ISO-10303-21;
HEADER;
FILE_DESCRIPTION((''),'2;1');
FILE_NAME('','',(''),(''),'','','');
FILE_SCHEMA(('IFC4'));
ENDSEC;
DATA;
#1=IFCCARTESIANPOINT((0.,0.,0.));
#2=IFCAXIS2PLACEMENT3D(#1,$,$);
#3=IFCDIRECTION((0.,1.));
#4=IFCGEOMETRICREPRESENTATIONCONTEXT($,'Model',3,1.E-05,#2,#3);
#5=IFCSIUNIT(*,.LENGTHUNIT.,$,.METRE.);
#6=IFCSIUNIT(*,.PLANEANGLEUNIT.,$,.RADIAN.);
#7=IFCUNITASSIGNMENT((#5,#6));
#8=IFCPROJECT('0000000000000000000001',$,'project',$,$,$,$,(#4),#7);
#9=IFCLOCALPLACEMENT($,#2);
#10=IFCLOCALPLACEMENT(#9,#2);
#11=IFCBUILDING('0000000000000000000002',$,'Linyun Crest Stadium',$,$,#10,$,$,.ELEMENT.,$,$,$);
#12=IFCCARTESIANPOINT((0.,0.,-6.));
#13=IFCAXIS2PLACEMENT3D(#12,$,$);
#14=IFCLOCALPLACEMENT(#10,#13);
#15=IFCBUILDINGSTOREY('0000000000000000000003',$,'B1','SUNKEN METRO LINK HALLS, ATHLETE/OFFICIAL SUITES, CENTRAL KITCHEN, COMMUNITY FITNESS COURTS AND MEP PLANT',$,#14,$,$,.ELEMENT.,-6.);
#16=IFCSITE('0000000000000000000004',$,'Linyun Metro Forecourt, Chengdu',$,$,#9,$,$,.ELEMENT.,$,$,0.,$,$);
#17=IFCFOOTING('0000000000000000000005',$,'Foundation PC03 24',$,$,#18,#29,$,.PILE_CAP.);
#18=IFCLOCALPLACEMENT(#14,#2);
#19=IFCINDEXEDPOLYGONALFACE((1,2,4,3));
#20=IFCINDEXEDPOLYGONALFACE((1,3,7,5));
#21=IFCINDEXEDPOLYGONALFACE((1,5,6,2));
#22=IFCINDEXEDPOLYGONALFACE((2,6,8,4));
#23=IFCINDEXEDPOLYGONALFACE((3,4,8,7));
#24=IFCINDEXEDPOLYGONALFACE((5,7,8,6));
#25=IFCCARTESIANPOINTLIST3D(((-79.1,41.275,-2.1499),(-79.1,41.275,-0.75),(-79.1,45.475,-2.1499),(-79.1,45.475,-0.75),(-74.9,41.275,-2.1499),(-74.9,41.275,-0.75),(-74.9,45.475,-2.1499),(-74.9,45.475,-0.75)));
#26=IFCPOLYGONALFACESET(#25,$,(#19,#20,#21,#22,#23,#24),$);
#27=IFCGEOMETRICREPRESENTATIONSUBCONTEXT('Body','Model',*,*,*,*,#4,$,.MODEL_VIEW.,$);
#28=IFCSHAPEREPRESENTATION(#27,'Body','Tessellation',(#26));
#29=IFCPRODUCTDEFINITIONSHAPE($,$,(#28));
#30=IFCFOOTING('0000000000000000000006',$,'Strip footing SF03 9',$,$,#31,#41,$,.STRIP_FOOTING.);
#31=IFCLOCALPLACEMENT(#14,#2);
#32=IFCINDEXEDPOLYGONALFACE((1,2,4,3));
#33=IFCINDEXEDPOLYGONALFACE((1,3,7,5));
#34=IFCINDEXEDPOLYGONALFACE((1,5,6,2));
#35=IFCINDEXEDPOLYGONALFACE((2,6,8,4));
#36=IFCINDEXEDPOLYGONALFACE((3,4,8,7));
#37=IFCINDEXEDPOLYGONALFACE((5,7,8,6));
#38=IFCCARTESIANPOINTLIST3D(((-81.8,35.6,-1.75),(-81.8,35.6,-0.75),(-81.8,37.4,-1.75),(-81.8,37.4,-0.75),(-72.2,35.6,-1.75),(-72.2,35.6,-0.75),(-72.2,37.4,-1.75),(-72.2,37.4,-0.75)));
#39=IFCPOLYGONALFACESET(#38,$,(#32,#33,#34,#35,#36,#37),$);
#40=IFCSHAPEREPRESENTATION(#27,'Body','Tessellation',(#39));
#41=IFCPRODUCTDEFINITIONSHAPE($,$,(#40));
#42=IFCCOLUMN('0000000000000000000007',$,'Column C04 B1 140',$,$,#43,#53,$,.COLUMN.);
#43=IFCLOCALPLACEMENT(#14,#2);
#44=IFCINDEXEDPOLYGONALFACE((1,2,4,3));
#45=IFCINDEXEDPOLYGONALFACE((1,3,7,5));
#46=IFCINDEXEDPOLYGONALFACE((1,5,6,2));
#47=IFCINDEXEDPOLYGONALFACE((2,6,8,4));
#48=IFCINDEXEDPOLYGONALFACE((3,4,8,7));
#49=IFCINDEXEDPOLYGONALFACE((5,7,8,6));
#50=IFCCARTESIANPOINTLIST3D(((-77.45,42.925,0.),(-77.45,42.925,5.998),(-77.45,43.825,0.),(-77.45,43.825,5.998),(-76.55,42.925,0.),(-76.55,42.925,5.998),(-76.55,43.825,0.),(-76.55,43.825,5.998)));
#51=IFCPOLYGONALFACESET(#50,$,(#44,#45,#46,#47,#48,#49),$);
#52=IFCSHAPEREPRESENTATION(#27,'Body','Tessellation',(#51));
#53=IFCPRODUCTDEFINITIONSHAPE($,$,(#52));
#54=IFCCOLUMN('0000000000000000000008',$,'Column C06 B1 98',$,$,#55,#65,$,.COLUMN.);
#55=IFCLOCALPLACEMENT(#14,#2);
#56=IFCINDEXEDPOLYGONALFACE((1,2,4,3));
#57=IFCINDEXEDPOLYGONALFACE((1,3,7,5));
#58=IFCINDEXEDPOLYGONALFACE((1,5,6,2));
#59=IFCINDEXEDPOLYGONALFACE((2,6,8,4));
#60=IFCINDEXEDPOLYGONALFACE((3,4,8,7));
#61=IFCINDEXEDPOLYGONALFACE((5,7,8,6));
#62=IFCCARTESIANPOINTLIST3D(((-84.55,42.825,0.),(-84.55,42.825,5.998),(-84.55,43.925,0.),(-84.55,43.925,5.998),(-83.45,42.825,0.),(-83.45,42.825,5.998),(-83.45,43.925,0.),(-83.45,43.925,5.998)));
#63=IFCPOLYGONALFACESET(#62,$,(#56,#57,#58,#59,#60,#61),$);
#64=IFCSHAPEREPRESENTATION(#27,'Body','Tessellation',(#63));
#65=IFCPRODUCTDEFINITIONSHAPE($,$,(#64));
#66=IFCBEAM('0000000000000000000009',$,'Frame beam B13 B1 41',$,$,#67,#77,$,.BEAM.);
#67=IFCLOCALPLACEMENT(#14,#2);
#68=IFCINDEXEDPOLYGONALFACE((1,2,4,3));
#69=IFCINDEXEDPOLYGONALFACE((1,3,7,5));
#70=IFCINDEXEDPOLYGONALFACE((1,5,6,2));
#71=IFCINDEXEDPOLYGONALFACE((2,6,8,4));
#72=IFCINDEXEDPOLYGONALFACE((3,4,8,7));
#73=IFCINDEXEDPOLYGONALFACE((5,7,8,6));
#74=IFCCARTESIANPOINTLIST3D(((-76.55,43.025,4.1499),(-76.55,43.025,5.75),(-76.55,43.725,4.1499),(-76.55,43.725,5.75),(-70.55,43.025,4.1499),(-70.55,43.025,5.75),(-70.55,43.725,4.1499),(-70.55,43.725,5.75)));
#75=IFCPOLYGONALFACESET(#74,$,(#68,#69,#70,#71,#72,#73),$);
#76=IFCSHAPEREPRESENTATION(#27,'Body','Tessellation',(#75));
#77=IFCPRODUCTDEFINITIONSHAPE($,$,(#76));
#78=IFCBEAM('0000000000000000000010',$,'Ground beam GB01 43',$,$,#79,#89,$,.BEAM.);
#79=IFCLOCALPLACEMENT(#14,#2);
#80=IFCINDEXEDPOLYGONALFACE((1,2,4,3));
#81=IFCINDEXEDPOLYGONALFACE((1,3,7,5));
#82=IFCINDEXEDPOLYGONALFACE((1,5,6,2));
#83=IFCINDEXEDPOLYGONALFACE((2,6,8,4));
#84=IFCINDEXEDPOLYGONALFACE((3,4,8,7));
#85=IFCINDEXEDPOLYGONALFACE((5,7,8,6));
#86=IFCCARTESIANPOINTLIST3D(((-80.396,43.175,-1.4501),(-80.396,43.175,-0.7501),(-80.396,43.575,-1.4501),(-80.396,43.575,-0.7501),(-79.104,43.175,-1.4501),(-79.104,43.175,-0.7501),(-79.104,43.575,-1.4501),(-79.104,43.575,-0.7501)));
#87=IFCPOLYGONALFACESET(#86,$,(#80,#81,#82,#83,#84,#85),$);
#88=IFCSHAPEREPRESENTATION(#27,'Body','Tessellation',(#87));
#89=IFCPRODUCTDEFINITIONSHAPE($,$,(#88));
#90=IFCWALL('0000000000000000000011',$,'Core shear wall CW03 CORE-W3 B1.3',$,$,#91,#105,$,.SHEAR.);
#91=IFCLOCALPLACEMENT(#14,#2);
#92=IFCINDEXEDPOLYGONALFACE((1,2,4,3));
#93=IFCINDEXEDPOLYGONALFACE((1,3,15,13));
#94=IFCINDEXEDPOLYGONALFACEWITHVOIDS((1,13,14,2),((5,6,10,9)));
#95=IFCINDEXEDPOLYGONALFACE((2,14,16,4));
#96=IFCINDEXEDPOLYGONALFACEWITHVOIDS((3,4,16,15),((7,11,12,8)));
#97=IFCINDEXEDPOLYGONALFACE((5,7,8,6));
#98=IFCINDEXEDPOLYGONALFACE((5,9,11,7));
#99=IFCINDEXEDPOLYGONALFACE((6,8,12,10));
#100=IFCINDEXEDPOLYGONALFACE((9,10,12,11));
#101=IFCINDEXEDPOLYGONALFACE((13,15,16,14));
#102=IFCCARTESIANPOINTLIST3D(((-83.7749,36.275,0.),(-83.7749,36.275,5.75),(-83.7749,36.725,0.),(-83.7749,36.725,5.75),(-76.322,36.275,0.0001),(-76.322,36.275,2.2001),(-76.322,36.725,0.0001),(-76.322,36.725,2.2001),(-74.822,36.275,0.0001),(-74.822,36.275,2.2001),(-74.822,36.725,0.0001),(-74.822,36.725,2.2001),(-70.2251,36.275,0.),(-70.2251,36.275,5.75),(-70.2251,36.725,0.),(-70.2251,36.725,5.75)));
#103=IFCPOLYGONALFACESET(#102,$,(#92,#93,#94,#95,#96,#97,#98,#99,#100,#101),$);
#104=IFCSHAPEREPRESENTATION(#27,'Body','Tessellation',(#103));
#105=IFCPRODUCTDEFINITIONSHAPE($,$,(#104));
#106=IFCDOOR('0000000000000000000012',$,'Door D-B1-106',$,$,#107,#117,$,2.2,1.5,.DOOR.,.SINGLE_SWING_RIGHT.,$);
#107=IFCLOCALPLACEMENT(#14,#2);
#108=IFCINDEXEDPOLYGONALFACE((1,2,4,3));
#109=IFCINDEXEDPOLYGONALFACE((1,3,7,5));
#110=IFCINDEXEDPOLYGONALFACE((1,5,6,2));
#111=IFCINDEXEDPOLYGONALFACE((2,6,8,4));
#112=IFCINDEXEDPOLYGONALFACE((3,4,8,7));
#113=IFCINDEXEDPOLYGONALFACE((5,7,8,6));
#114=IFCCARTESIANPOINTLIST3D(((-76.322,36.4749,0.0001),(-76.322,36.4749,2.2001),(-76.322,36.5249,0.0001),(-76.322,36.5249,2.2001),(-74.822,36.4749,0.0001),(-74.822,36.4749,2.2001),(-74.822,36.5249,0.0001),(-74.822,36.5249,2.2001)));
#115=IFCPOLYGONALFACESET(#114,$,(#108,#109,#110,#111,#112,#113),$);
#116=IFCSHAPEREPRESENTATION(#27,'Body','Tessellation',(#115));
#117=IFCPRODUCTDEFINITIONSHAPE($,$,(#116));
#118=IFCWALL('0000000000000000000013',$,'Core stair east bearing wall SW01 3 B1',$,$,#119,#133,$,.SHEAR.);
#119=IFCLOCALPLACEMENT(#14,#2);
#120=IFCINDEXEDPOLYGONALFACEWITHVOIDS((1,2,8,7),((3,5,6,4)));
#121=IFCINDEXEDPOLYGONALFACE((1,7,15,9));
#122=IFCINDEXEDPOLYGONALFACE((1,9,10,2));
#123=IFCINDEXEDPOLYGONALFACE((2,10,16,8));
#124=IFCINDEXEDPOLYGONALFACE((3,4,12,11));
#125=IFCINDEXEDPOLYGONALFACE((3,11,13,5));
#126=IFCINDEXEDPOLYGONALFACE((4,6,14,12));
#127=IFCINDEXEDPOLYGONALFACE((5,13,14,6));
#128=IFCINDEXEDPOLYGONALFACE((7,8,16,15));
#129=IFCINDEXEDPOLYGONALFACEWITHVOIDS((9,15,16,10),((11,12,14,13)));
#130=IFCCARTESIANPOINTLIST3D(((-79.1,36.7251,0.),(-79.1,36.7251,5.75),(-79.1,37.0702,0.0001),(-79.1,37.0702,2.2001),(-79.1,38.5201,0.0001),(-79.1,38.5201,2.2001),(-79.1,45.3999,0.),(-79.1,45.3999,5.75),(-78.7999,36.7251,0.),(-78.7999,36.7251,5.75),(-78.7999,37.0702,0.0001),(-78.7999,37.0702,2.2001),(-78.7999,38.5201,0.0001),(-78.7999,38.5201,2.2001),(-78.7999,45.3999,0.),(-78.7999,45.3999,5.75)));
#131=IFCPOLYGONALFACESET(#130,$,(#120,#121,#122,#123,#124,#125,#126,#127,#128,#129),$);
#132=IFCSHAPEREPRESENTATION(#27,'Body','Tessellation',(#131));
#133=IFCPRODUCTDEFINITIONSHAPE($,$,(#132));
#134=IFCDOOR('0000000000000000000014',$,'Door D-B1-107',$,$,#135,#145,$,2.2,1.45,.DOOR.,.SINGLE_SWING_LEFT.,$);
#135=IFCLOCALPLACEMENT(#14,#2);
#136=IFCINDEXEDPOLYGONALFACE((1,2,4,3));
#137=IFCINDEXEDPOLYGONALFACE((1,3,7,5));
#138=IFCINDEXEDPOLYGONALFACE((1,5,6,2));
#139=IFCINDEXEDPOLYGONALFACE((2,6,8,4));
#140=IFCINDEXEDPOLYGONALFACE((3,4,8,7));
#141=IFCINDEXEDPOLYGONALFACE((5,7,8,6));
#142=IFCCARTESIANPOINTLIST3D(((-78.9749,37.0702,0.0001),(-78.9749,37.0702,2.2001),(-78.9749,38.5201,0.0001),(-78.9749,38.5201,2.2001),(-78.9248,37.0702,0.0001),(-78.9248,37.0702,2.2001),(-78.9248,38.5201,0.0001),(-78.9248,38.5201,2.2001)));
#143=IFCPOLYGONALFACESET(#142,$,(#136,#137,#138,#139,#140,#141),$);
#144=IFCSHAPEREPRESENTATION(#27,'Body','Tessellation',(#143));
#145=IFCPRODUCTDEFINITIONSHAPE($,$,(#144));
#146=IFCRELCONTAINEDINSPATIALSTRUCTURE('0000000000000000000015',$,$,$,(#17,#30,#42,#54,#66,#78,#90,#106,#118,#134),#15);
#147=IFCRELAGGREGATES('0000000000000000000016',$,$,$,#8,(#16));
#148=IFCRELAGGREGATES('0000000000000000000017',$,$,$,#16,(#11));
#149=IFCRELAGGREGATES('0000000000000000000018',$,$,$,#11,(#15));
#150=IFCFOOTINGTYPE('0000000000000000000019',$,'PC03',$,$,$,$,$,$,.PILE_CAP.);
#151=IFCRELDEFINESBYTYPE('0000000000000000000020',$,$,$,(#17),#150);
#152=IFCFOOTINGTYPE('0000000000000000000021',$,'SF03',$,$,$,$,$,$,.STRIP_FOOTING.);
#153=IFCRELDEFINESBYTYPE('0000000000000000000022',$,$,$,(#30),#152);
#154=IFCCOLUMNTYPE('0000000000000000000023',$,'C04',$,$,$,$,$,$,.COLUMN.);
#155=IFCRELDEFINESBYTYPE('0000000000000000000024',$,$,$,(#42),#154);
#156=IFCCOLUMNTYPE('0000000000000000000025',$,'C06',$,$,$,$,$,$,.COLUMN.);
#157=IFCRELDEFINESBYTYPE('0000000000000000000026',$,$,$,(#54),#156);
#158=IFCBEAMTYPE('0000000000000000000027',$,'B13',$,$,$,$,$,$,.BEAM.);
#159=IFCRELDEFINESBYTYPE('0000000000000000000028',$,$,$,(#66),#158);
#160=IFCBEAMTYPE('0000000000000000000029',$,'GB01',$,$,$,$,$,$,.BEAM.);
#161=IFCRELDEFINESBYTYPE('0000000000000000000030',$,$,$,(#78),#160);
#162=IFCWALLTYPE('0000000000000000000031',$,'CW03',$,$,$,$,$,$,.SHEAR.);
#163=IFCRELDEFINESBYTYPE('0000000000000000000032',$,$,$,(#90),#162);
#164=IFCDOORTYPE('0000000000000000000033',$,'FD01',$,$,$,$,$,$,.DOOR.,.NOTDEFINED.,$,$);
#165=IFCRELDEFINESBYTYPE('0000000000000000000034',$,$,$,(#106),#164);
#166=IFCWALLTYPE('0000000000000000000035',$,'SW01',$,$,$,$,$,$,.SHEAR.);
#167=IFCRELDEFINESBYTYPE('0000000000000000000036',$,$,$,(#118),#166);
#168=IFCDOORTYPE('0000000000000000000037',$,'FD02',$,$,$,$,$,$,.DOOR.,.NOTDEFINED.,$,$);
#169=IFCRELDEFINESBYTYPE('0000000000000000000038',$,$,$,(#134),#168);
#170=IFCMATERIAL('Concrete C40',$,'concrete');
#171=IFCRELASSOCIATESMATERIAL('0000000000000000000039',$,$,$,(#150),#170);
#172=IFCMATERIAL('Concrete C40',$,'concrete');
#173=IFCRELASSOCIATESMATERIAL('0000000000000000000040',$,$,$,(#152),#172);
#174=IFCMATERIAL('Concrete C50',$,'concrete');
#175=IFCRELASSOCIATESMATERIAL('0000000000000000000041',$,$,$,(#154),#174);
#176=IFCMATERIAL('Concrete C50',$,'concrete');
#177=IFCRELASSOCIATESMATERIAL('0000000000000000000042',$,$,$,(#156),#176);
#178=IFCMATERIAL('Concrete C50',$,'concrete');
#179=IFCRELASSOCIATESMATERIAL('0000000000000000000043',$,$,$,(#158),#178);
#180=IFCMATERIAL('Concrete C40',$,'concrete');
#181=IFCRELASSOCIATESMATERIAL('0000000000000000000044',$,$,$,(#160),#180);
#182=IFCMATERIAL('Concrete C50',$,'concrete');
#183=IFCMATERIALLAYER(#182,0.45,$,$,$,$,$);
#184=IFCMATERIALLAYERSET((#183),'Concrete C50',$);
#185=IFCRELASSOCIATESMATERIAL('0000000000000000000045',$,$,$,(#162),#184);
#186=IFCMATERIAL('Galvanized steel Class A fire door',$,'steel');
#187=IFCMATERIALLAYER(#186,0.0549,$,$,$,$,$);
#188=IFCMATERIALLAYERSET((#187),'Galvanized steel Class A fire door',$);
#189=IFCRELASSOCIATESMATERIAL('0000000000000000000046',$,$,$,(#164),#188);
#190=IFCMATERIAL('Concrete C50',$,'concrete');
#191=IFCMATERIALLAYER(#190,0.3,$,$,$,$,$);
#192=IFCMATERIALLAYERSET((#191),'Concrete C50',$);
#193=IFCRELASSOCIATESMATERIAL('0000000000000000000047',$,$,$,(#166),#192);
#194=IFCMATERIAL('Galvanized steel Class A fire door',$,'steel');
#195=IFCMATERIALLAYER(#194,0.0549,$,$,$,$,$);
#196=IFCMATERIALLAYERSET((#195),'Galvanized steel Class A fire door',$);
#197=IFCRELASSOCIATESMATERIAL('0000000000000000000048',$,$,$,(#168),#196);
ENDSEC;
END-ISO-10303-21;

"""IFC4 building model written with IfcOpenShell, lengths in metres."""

from ifc_helpers import new_model, si_unit, direction, frame, frame_2d, origin, origin_2d, place, context, subcontext, project, spatial, rectangle, extrude, material, layer, layer_set, material_profile, profile_set, type_object, element, fill, save


model = new_model("IFC4")

# Units and contexts
model_context = context("Model", 3, precision=1e-05, world=origin(), true_north=direction((0.0, 1.0)))
body_context = subcontext(model_context, "Body", "Model", "MODEL_VIEW")
ifc_project = project(units=[si_unit("LENGTHUNIT", "METRE"), si_unit("PLANEANGLEUNIT", "RADIAN")], contexts=[model_context])

# Site, building, storey
site_placement = place(None, origin())
site = spatial("IfcSite", under=ifc_project, at=site_placement, Name="Linyun Metro Forecourt, Chengdu", CompositionType="ELEMENT", RefElevation=0.0)
building_placement = place(site_placement, origin())
building = spatial("IfcBuilding", under=site, at=building_placement, Name="Linyun Crest Stadium", CompositionType="ELEMENT")
storey_placement = place(building_placement, frame((0.0, 0.0, -6.0)))
storey = spatial("IfcBuildingStorey", under=building, at=storey_placement, Name="B1", Description="SUNKEN METRO LINK HALLS, ATHLETE/OFFICIAL SUITES, CENTRAL KITCHEN, COMMUNITY FITNESS COURTS AND MEP PLANT", CompositionType="ELEMENT", Elevation=-6.0)

# Footings
ifc_material_1 = material(Name="Concrete C40", Category="concrete")
footing_type_1 = type_object("IfcFootingType", Name="PC03", PredefinedType="PILE_CAP", material=ifc_material_1)
footing_1_placement = place(storey_placement, frame((-77.0, 43.375, -2.1499), z_axis=(0.0, 0.0, 1.0), x_axis=(1.0, 0.0, 0.0)))
element("IfcFooting", 1, at=footing_1_placement, inside=storey, type_object=footing_type_1, Name="Foundation PC03 24", PredefinedType="PILE_CAP", context=body_context, shape_type="SweptSolid", body=[
    extrude(rectangle(XDim=4.2, YDim=4.2, at=origin_2d()), origin(), (0.0, 0.0, 1.0), 1.3999),
])
ifc_material_2 = material(Name="Concrete C40", Category="concrete")
footing_type_2 = type_object("IfcFootingType", Name="SF03", PredefinedType="STRIP_FOOTING", material=ifc_material_2)
footing_2_placement = place(storey_placement, frame((-77.0, 36.5, -1.75), z_axis=(0.0, 0.0, 1.0), x_axis=(1.0, 0.0, 0.0)))
element("IfcFooting", 2, at=footing_2_placement, inside=storey, type_object=footing_type_2, Name="Strip footing SF03 9", PredefinedType="STRIP_FOOTING", context=body_context, shape_type="SweptSolid", body=[
    extrude(rectangle(XDim=9.6001, YDim=1.8, at=origin_2d()), origin(), (0.0, 0.0, 1.0), 1.0),
])

# Columns
ifc_material_3 = material(Name="Concrete C50", Category="concrete")
ifc_material_profile_1 = material_profile(ifc_material_3, rectangle(XDim=0.8999, YDim=0.8999, at=origin_2d()), Name="RC 900x900")
ifc_profile_set_1 = profile_set([ifc_material_profile_1], Name="Concrete C50")
column_type_1 = type_object("IfcColumnType", Name="C04", PredefinedType="COLUMN", material=ifc_profile_set_1)
column_1_placement = place(storey_placement, frame((-77.0, 43.375, 0.0), z_axis=(0.0, 0.0, 1.0), x_axis=(1.0, 0.0, 0.0)))
element("IfcColumn", 3, at=column_1_placement, inside=storey, type_object=column_type_1, Name="Column C04 B1 140", PredefinedType="COLUMN", context=body_context, shape_type="SweptSolid", body=[
    extrude(rectangle(XDim=0.8999, YDim=0.8999, at=origin_2d()), origin(), (0.0, 0.0, 1.0), 5.998),
])
ifc_material_4 = material(Name="Concrete C50", Category="concrete")
ifc_material_profile_2 = material_profile(ifc_material_4, rectangle(XDim=1.1001, YDim=1.1001, at=origin_2d()), Name="RC 1100x1100")
ifc_profile_set_2 = profile_set([ifc_material_profile_2], Name="Concrete C50")
column_type_2 = type_object("IfcColumnType", Name="C06", PredefinedType="COLUMN", material=ifc_profile_set_2)
column_2_placement = place(storey_placement, frame((-84.0, 43.375, 0.0), z_axis=(0.0, 0.0, 1.0), x_axis=(1.0, 0.0, 0.0)))
element("IfcColumn", 4, at=column_2_placement, inside=storey, type_object=column_type_2, Name="Column C06 B1 98", PredefinedType="COLUMN", context=body_context, shape_type="SweptSolid", body=[
    extrude(rectangle(XDim=1.1001, YDim=1.1001, at=origin_2d()), origin(), (0.0, 0.0, 1.0), 5.998),
])

# Beams
ifc_material_5 = material(Name="Concrete C50", Category="concrete")
ifc_material_profile_3 = material_profile(ifc_material_5, rectangle(XDim=0.7, YDim=1.6001, at=origin_2d()), Name="RCB 1600x700")
ifc_profile_set_3 = profile_set([ifc_material_profile_3], Name="Concrete C50")
beam_type_1 = type_object("IfcBeamType", Name="B13", PredefinedType="BEAM", material=ifc_profile_set_3)
beam_1_placement = place(storey_placement, frame((-76.55, 43.375, 4.95), z_axis=(1.0, 0.0, 0.0), x_axis=(0.0, 1.0, 0.0)))
element("IfcBeam", 5, at=beam_1_placement, inside=storey, type_object=beam_type_1, Name="Frame beam B13 B1 41", PredefinedType="BEAM", context=body_context, shape_type="SweptSolid", body=[
    extrude(rectangle(XDim=0.7, YDim=1.6001, at=origin_2d()), origin(), (0.0, 0.0, 1.0), 6.0),
])
ifc_material_6 = material(Name="Concrete C40", Category="concrete")
ifc_material_profile_4 = material_profile(ifc_material_6, rectangle(XDim=0.3999, YDim=0.7, at=origin_2d()), Name="RCB 700x400")
ifc_profile_set_4 = profile_set([ifc_material_profile_4], Name="Concrete C40")
beam_type_2 = type_object("IfcBeamType", Name="GB01", PredefinedType="BEAM", material=ifc_profile_set_4)
beam_2_placement = place(storey_placement, frame((-80.396, 43.375, -1.1001), z_axis=(1.0, 0.0, 0.0), x_axis=(0.0, 1.0, 0.0)))
element("IfcBeam", 6, at=beam_2_placement, inside=storey, type_object=beam_type_2, Name="Ground beam GB01 43", PredefinedType="BEAM", context=body_context, shape_type="SweptSolid", body=[
    extrude(rectangle(XDim=0.3999, YDim=0.7, at=origin_2d()), origin(), (0.0, 0.0, 1.0), 1.292),
])

# Walls, openings, doors
ifc_material_7 = material(Name="Concrete C50", Category="concrete")
ifc_layer_1 = layer(ifc_material_7, 0.45)
ifc_layer_set_1 = layer_set([ifc_layer_1], Name="Concrete C50")
wall_type_1 = type_object("IfcWallType", Name="CW03", PredefinedType="SHEAR", material=ifc_layer_set_1)
wall_1_placement = place(storey_placement, frame((-83.7749, 36.5, 0.0), z_axis=(0.0, 0.0, 1.0), x_axis=(1.0, 0.0, 0.0)))
wall_1 = element("IfcWall", 7, at=wall_1_placement, inside=storey, type_object=wall_type_1, Name="Core shear wall CW03 CORE-W3 B1.3", PredefinedType="SHEAR", context=body_context, shape_type="SweptSolid", body=[
    extrude(rectangle(XDim=13.5498, YDim=0.45, at=frame_2d((6.7749, 0.0))), origin(), (0.0, 0.0, 1.0), 5.75),
])
opening_1_placement = place(wall_1_placement, frame((7.4529, 0.0, 0.0)))
opening_1 = element("IfcOpeningElement", 8, at=opening_1_placement, cuts=wall_1, PredefinedType="OPENING", context=body_context, shape_type="SweptSolid", body=[
    extrude(rectangle(XDim=1.5, YDim=2.2, at=frame_2d((0.75, 1.1001))), frame((0.0, 0.2349, 0.0), z_axis=(0.0, -1.0, 0.0), x_axis=(1.0, 0.0, 0.0)), (0.0, 0.0, 1.0), 0.47),
])
ifc_material_8 = material(Name="Galvanized steel Class A fire door", Category="steel")
ifc_layer_2 = layer(ifc_material_8, 0.0549)
ifc_layer_set_2 = layer_set([ifc_layer_2], Name="Galvanized steel Class A fire door")
door_type_1 = type_object("IfcDoorType", Name="FD01", OperationType="NOTDEFINED", PredefinedType="DOOR", material=ifc_layer_set_2)
door_1_placement = place(opening_1_placement, origin())
door_1 = element("IfcDoor", 9, at=door_1_placement, inside=storey, type_object=door_type_1, Name="Door D-B1-106", OperationType="SINGLE_SWING_RIGHT", OverallHeight=2.2, OverallWidth=1.5, PredefinedType="DOOR", context=body_context, shape_type="SweptSolid", body=[
    extrude(rectangle(XDim=1.5, YDim=2.2, at=frame_2d((0.75, 1.1001))), frame((0.0, 0.0249, 0.0), z_axis=(0.0, -1.0, 0.0), x_axis=(1.0, 0.0, 0.0)), (0.0, 0.0, 1.0), 0.05),
])
fill(opening_1, door_1)
ifc_material_9 = material(Name="Concrete C50", Category="concrete")
ifc_layer_3 = layer(ifc_material_9, 0.3)
ifc_layer_set_3 = layer_set([ifc_layer_3], Name="Concrete C50")
wall_type_2 = type_object("IfcWallType", Name="SW01", PredefinedType="SHEAR", material=ifc_layer_set_3)
wall_2_placement = place(storey_placement, frame((-78.95, 36.7251, 0.0), z_axis=(0.0, 0.0, 1.0), x_axis=(0.0, 1.0, 0.0)))
wall_2 = element("IfcWall", 10, at=wall_2_placement, inside=storey, type_object=wall_type_2, Name="Core stair east bearing wall SW01 3 B1", PredefinedType="SHEAR", context=body_context, shape_type="SweptSolid", body=[
    extrude(rectangle(XDim=8.6748, YDim=0.3, at=frame_2d((4.3374, 0.0))), origin(), (0.0, 0.0, 1.0), 5.75),
])
opening_2_placement = place(wall_2_placement, frame((0.345, 0.0, 0.0)))
opening_2 = element("IfcOpeningElement", 11, at=opening_2_placement, cuts=wall_2, PredefinedType="OPENING", context=body_context, shape_type="SweptSolid", body=[
    extrude(rectangle(XDim=1.45, YDim=2.2, at=frame_2d((0.7251, 1.1001))), frame((0.0, 0.1599, 0.0), z_axis=(0.0, -1.0, 0.0), x_axis=(1.0, 0.0, 0.0)), (0.0, 0.0, 1.0), 0.3201),
])
ifc_material_10 = material(Name="Galvanized steel Class A fire door", Category="steel")
ifc_layer_4 = layer(ifc_material_10, 0.0549)
ifc_layer_set_4 = layer_set([ifc_layer_4], Name="Galvanized steel Class A fire door")
door_type_2 = type_object("IfcDoorType", Name="FD02", OperationType="NOTDEFINED", PredefinedType="DOOR", material=ifc_layer_set_4)
door_2_placement = place(opening_2_placement, origin())
door_2 = element("IfcDoor", 12, at=door_2_placement, inside=storey, type_object=door_type_2, Name="Door D-B1-107", OperationType="SINGLE_SWING_LEFT", OverallHeight=2.2, OverallWidth=1.45, PredefinedType="DOOR", context=body_context, shape_type="SweptSolid", body=[
    extrude(rectangle(XDim=1.45, YDim=2.2, at=frame_2d((0.7251, 1.1001))), frame((0.0, 0.0249, 0.0), z_axis=(0.0, -1.0, 0.0), x_axis=(1.0, 0.0, 0.0)), (0.0, 0.0, 1.0), 0.05),
])
fill(opening_2, door_2)

save(model, "model.ifc")
